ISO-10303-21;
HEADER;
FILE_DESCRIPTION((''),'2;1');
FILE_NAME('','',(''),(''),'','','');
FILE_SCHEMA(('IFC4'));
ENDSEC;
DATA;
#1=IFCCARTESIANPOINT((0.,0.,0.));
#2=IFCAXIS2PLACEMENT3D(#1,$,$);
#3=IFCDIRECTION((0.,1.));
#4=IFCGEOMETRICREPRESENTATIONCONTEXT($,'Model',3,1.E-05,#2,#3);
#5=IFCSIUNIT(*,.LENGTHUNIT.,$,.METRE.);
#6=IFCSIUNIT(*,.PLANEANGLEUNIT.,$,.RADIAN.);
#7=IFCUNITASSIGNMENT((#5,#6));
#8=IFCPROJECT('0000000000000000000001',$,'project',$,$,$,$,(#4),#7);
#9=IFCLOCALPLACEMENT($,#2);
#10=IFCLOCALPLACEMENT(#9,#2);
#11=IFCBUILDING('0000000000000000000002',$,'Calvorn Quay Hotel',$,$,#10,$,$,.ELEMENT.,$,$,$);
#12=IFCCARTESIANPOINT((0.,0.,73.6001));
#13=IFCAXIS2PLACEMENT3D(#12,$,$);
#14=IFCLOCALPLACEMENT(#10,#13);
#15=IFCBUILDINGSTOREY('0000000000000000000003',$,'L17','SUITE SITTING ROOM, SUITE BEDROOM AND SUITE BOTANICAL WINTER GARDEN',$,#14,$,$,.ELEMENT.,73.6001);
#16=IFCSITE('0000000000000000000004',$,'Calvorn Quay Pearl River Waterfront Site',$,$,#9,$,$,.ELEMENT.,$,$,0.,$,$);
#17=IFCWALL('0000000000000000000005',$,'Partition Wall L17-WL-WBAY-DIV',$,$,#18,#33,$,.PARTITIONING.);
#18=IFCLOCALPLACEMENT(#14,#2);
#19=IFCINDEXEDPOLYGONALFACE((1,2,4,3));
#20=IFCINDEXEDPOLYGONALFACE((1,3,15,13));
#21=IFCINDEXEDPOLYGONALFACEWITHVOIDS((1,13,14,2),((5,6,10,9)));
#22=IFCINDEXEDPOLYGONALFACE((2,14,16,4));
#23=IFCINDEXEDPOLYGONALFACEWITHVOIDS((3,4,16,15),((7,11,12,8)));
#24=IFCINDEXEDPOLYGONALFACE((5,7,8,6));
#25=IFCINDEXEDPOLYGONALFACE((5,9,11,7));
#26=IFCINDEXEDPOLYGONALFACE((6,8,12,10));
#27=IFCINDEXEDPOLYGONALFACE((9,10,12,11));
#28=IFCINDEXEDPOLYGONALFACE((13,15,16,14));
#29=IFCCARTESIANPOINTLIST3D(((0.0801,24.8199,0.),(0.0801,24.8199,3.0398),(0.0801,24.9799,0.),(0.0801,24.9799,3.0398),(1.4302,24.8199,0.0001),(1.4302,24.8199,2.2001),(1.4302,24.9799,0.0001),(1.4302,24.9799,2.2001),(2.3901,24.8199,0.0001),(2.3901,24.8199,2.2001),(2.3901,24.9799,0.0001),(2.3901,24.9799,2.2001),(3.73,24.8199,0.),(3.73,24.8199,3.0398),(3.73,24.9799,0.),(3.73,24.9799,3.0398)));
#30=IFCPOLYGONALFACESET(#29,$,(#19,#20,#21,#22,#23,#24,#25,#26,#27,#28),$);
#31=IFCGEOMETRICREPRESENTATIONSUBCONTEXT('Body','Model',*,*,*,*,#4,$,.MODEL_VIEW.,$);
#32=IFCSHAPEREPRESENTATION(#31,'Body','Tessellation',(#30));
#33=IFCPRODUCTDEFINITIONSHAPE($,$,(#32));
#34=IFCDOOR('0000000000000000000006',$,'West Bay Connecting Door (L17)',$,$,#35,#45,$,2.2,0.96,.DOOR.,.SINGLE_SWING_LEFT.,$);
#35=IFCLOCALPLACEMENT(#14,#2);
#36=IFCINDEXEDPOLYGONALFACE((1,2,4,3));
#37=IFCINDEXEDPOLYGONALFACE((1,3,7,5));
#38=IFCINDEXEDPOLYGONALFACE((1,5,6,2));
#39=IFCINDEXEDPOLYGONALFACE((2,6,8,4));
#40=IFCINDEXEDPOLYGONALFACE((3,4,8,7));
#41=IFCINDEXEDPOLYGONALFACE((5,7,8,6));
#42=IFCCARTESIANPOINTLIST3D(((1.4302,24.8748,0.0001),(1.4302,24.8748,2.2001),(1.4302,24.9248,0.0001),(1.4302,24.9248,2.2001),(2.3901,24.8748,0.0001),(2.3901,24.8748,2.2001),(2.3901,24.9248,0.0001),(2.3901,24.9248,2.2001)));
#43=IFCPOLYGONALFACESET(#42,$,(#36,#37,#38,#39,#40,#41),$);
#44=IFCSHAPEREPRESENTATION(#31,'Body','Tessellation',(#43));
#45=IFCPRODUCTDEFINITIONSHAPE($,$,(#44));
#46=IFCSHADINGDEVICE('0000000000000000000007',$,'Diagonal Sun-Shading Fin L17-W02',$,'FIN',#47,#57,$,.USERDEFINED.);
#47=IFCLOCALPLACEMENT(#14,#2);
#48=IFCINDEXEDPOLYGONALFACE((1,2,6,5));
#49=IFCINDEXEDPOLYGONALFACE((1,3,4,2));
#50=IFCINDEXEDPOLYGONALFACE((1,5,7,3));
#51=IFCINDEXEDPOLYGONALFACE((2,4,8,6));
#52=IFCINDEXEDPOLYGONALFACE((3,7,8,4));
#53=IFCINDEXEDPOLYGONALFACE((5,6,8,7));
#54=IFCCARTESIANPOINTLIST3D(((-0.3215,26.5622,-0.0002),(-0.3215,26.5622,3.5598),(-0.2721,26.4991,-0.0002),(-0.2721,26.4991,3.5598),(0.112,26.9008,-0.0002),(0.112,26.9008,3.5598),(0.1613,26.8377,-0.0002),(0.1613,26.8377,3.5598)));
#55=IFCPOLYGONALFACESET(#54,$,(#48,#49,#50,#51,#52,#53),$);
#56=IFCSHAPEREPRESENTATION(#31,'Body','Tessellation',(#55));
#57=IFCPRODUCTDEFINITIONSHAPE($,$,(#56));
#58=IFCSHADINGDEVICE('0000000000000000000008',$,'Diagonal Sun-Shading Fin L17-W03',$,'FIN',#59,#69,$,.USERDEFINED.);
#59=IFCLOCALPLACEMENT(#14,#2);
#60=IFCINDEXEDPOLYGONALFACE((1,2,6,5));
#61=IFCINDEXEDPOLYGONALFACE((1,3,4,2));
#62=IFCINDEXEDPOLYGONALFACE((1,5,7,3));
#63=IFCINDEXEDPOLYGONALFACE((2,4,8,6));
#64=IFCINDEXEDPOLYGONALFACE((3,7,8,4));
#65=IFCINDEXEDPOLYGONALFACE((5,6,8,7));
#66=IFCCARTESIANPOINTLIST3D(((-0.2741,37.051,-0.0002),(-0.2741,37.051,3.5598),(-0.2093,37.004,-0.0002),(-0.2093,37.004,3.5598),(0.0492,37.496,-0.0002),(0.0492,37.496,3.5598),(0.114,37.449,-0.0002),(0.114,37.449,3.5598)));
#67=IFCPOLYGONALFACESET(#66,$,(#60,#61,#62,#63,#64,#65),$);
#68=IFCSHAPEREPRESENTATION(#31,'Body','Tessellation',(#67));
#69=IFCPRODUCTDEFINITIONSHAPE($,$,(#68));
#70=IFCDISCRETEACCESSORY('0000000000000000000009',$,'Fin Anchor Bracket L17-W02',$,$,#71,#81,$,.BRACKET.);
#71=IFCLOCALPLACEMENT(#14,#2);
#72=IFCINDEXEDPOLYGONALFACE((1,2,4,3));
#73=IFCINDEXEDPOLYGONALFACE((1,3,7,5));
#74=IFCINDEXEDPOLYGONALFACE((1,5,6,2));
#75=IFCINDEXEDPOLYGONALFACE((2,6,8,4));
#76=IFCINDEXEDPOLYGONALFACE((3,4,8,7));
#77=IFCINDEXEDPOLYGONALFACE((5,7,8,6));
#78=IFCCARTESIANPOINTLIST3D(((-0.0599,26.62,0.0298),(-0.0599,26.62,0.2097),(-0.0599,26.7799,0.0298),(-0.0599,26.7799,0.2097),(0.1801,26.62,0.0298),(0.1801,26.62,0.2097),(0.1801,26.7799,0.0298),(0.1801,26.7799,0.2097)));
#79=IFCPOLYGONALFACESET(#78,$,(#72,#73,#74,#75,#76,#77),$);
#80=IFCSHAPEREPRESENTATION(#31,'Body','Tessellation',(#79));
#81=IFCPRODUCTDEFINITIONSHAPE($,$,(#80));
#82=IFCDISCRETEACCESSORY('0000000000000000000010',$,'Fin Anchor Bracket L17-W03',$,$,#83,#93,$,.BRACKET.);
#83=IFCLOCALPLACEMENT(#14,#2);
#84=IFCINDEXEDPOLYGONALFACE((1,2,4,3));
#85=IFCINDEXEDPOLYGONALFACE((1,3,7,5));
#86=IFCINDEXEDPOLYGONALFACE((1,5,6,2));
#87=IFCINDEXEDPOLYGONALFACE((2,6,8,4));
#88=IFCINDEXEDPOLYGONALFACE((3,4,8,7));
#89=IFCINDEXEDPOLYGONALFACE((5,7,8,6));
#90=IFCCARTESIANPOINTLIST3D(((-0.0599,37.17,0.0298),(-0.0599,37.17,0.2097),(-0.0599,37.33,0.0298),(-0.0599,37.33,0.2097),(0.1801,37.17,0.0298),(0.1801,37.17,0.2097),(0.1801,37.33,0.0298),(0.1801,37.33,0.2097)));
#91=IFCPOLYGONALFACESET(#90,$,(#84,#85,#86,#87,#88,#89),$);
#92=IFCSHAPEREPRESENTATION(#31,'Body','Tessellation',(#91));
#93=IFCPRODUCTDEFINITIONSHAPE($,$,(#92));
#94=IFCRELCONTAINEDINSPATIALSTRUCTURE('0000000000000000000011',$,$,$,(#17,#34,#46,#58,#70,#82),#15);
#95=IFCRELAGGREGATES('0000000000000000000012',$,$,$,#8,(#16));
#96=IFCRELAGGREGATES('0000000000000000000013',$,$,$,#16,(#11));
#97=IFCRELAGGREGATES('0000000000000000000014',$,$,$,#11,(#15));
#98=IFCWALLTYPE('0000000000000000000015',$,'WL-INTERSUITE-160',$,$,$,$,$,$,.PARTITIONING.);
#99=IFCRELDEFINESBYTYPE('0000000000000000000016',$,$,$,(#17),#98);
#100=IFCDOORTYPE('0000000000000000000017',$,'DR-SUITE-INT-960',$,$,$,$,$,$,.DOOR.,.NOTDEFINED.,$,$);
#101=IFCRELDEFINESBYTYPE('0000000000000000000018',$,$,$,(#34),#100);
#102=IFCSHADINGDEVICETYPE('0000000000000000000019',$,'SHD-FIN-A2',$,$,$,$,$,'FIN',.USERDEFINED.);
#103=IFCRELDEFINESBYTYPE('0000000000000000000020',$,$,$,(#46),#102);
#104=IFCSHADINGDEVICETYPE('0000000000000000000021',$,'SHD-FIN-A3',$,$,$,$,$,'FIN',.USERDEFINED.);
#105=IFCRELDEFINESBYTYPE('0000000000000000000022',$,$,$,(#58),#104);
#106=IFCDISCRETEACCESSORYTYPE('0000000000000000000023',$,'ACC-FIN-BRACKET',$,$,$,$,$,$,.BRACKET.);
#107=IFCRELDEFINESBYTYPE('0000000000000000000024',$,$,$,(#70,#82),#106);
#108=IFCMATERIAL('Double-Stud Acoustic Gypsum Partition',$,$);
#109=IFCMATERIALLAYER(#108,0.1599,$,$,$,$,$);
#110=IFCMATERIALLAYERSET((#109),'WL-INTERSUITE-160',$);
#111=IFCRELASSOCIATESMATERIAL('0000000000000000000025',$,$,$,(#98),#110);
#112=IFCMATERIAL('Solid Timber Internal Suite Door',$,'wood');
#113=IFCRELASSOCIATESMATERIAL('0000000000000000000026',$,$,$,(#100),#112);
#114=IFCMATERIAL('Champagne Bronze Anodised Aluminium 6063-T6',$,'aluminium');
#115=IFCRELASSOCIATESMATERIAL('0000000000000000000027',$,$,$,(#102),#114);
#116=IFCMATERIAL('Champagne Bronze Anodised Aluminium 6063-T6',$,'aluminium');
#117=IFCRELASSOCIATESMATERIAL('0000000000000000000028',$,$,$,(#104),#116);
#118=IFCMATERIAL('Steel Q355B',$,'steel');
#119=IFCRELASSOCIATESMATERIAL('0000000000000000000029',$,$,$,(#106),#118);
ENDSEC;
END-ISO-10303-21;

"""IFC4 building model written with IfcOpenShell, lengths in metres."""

from ifc_helpers import new_model, si_unit, direction, frame, frame_2d, origin, origin_2d, place, context, subcontext, project, spatial, rectangle, extrude, material, layer, layer_set, type_object, element, fill, save


model = new_model("IFC4")

# Units and contexts
model_context = context("Model", 3, precision=1e-05, world=origin(), true_north=direction((0.0, 1.0)))
body_context = subcontext(model_context, "Body", "Model", "MODEL_VIEW")
ifc_project = project(units=[si_unit("LENGTHUNIT", "METRE"), si_unit("PLANEANGLEUNIT", "RADIAN")], contexts=[model_context])

# Site, building, storey
site_placement = place(None, origin())
site = spatial("IfcSite", under=ifc_project, at=site_placement, Name="Calvorn Quay Pearl River Waterfront Site", CompositionType="ELEMENT", RefElevation=0.0)
building_placement = place(site_placement, origin())
building = spatial("IfcBuilding", under=site, at=building_placement, Name="Calvorn Quay Hotel", CompositionType="ELEMENT")
storey_placement = place(building_placement, frame((0.0, 0.0, 73.6001)))
storey = spatial("IfcBuildingStorey", under=building, at=storey_placement, Name="L17", Description="SUITE SITTING ROOM, SUITE BEDROOM AND SUITE BOTANICAL WINTER GARDEN", CompositionType="ELEMENT", Elevation=73.6001)

# Wall, opening, door
ifc_material_1 = material(Name="Double-Stud Acoustic Gypsum Partition")
ifc_layer_1 = layer(ifc_material_1, 0.1599)
ifc_layer_set_1 = layer_set([ifc_layer_1], Name="WL-INTERSUITE-160")
wall_type = type_object("IfcWallType", Name="WL-INTERSUITE-160", PredefinedType="PARTITIONING", material=ifc_layer_set_1)
wall_placement = place(storey_placement, frame((0.0801, 24.8999, 0.0), z_axis=(0.0, 0.0, 1.0), x_axis=(1.0, 0.0, 0.0)))
wall = element("IfcWall", 1, at=wall_placement, inside=storey, type_object=wall_type, Name="Partition Wall L17-WL-WBAY-DIV", PredefinedType="PARTITIONING", context=body_context, shape_type="SweptSolid", body=[
    extrude(rectangle(XDim=3.6499, YDim=0.1599, at=frame_2d((1.825, 0.0))), origin(), (0.0, 0.0, 1.0), 3.0398),
])
opening_placement = place(wall_placement, frame((1.3501, 0.0, 0.0)))
opening = element("IfcOpeningElement", 2, at=opening_placement, cuts=wall, PredefinedType="OPENING", context=body_context, shape_type="SweptSolid", body=[
    extrude(rectangle(XDim=0.96, YDim=2.2, at=frame_2d((0.48, 1.1001))), frame((0.0, 0.0898, 0.0), z_axis=(0.0, -1.0, 0.0), x_axis=(1.0, 0.0, 0.0)), (0.0, 0.0, 1.0), 0.1799),
])
ifc_material_2 = material(Name="Solid Timber Internal Suite Door", Category="wood")
door_type = type_object("IfcDoorType", Name="DR-SUITE-INT-960", OperationType="NOTDEFINED", PredefinedType="DOOR", material=ifc_material_2)
door_placement = place(opening_placement, origin())
door = element("IfcDoor", 3, at=door_placement, inside=storey, type_object=door_type, Name="West Bay Connecting Door (L17)", OperationType="SINGLE_SWING_LEFT", OverallHeight=2.2, OverallWidth=0.96, PredefinedType="DOOR", context=body_context, shape_type="SweptSolid", body=[
    extrude(rectangle(XDim=0.96, YDim=2.2, at=frame_2d((0.48, 1.1001))), frame((0.0, 0.0249, 0.0), z_axis=(0.0, -1.0, 0.0), x_axis=(1.0, 0.0, 0.0)), (0.0, 0.0, 1.0), 0.05),
])
fill(opening, door)

# Shading devices
ifc_material_3 = material(Name="Champagne Bronze Anodised Aluminium 6063-T6", Category="aluminium")
shading_device_type_1 = type_object("IfcShadingDeviceType", Name="SHD-FIN-A2", ElementType="FIN", PredefinedType="USERDEFINED", material=ifc_material_3)
shading_device_1_placement = place(storey_placement, frame((-0.0801, 26.7, -0.0002), z_axis=(0.0, 0.0, 1.0), x_axis=(0.788011, 0.615661, 0.0)))
element("IfcShadingDevice", 4, at=shading_device_1_placement, inside=storey, type_object=shading_device_type_1, Name="Diagonal Sun-Shading Fin L17-W02", ObjectType="FIN", PredefinedType="USERDEFINED", context=body_context, shape_type="SweptSolid", body=[
    extrude(rectangle(XDim=0.55, YDim=0.0801, at=origin_2d()), origin(), (0.0, 0.0, 1.0), 3.5601),
])
ifc_material_4 = material(Name="Champagne Bronze Anodised Aluminium 6063-T6", Category="aluminium")
shading_device_type_2 = type_object("IfcShadingDeviceType", Name="SHD-FIN-A3", ElementType="FIN", PredefinedType="USERDEFINED", material=ifc_material_4)
shading_device_2_placement = place(storey_placement, frame((-0.0801, 37.25, -0.0002), z_axis=(0.0, 0.0, 1.0), x_axis=(0.587785, 0.809017, 0.0)))
element("IfcShadingDevice", 5, at=shading_device_2_placement, inside=storey, type_object=shading_device_type_2, Name="Diagonal Sun-Shading Fin L17-W03", ObjectType="FIN", PredefinedType="USERDEFINED", context=body_context, shape_type="SweptSolid", body=[
    extrude(rectangle(XDim=0.55, YDim=0.0801, at=origin_2d()), origin(), (0.0, 0.0, 1.0), 3.5601),
])

# Discrete accessories
ifc_material_5 = material(Name="Steel Q355B", Category="steel")
discrete_accessory_type = type_object("IfcDiscreteAccessoryType", Name="ACC-FIN-BRACKET", PredefinedType="BRACKET", material=ifc_material_5)
for number, where, z_axis, x_axis, name in (
    (6, (0.0601, 26.7, 0.0298), (0.0, 0.0, 1.0), (1.0, 0.0, 0.0), "Fin Anchor Bracket L17-W02"),
    (7, (0.0601, 37.25, 0.0298), (0.0, 0.0, 1.0), (1.0, 0.0, 0.0), "Fin Anchor Bracket L17-W03"),
):
    element("IfcDiscreteAccessory", number, at=place(storey_placement, frame(where, z_axis=z_axis, x_axis=x_axis)), inside=storey, type_object=discrete_accessory_type, Name=name, PredefinedType="BRACKET", context=body_context, shape_type="SweptSolid", body=[
        extrude(rectangle(XDim=0.24, YDim=0.1599, at=origin_2d()), origin(), (0.0, 0.0, 1.0), 0.1799),
    ])

save(model, "model.ifc")
